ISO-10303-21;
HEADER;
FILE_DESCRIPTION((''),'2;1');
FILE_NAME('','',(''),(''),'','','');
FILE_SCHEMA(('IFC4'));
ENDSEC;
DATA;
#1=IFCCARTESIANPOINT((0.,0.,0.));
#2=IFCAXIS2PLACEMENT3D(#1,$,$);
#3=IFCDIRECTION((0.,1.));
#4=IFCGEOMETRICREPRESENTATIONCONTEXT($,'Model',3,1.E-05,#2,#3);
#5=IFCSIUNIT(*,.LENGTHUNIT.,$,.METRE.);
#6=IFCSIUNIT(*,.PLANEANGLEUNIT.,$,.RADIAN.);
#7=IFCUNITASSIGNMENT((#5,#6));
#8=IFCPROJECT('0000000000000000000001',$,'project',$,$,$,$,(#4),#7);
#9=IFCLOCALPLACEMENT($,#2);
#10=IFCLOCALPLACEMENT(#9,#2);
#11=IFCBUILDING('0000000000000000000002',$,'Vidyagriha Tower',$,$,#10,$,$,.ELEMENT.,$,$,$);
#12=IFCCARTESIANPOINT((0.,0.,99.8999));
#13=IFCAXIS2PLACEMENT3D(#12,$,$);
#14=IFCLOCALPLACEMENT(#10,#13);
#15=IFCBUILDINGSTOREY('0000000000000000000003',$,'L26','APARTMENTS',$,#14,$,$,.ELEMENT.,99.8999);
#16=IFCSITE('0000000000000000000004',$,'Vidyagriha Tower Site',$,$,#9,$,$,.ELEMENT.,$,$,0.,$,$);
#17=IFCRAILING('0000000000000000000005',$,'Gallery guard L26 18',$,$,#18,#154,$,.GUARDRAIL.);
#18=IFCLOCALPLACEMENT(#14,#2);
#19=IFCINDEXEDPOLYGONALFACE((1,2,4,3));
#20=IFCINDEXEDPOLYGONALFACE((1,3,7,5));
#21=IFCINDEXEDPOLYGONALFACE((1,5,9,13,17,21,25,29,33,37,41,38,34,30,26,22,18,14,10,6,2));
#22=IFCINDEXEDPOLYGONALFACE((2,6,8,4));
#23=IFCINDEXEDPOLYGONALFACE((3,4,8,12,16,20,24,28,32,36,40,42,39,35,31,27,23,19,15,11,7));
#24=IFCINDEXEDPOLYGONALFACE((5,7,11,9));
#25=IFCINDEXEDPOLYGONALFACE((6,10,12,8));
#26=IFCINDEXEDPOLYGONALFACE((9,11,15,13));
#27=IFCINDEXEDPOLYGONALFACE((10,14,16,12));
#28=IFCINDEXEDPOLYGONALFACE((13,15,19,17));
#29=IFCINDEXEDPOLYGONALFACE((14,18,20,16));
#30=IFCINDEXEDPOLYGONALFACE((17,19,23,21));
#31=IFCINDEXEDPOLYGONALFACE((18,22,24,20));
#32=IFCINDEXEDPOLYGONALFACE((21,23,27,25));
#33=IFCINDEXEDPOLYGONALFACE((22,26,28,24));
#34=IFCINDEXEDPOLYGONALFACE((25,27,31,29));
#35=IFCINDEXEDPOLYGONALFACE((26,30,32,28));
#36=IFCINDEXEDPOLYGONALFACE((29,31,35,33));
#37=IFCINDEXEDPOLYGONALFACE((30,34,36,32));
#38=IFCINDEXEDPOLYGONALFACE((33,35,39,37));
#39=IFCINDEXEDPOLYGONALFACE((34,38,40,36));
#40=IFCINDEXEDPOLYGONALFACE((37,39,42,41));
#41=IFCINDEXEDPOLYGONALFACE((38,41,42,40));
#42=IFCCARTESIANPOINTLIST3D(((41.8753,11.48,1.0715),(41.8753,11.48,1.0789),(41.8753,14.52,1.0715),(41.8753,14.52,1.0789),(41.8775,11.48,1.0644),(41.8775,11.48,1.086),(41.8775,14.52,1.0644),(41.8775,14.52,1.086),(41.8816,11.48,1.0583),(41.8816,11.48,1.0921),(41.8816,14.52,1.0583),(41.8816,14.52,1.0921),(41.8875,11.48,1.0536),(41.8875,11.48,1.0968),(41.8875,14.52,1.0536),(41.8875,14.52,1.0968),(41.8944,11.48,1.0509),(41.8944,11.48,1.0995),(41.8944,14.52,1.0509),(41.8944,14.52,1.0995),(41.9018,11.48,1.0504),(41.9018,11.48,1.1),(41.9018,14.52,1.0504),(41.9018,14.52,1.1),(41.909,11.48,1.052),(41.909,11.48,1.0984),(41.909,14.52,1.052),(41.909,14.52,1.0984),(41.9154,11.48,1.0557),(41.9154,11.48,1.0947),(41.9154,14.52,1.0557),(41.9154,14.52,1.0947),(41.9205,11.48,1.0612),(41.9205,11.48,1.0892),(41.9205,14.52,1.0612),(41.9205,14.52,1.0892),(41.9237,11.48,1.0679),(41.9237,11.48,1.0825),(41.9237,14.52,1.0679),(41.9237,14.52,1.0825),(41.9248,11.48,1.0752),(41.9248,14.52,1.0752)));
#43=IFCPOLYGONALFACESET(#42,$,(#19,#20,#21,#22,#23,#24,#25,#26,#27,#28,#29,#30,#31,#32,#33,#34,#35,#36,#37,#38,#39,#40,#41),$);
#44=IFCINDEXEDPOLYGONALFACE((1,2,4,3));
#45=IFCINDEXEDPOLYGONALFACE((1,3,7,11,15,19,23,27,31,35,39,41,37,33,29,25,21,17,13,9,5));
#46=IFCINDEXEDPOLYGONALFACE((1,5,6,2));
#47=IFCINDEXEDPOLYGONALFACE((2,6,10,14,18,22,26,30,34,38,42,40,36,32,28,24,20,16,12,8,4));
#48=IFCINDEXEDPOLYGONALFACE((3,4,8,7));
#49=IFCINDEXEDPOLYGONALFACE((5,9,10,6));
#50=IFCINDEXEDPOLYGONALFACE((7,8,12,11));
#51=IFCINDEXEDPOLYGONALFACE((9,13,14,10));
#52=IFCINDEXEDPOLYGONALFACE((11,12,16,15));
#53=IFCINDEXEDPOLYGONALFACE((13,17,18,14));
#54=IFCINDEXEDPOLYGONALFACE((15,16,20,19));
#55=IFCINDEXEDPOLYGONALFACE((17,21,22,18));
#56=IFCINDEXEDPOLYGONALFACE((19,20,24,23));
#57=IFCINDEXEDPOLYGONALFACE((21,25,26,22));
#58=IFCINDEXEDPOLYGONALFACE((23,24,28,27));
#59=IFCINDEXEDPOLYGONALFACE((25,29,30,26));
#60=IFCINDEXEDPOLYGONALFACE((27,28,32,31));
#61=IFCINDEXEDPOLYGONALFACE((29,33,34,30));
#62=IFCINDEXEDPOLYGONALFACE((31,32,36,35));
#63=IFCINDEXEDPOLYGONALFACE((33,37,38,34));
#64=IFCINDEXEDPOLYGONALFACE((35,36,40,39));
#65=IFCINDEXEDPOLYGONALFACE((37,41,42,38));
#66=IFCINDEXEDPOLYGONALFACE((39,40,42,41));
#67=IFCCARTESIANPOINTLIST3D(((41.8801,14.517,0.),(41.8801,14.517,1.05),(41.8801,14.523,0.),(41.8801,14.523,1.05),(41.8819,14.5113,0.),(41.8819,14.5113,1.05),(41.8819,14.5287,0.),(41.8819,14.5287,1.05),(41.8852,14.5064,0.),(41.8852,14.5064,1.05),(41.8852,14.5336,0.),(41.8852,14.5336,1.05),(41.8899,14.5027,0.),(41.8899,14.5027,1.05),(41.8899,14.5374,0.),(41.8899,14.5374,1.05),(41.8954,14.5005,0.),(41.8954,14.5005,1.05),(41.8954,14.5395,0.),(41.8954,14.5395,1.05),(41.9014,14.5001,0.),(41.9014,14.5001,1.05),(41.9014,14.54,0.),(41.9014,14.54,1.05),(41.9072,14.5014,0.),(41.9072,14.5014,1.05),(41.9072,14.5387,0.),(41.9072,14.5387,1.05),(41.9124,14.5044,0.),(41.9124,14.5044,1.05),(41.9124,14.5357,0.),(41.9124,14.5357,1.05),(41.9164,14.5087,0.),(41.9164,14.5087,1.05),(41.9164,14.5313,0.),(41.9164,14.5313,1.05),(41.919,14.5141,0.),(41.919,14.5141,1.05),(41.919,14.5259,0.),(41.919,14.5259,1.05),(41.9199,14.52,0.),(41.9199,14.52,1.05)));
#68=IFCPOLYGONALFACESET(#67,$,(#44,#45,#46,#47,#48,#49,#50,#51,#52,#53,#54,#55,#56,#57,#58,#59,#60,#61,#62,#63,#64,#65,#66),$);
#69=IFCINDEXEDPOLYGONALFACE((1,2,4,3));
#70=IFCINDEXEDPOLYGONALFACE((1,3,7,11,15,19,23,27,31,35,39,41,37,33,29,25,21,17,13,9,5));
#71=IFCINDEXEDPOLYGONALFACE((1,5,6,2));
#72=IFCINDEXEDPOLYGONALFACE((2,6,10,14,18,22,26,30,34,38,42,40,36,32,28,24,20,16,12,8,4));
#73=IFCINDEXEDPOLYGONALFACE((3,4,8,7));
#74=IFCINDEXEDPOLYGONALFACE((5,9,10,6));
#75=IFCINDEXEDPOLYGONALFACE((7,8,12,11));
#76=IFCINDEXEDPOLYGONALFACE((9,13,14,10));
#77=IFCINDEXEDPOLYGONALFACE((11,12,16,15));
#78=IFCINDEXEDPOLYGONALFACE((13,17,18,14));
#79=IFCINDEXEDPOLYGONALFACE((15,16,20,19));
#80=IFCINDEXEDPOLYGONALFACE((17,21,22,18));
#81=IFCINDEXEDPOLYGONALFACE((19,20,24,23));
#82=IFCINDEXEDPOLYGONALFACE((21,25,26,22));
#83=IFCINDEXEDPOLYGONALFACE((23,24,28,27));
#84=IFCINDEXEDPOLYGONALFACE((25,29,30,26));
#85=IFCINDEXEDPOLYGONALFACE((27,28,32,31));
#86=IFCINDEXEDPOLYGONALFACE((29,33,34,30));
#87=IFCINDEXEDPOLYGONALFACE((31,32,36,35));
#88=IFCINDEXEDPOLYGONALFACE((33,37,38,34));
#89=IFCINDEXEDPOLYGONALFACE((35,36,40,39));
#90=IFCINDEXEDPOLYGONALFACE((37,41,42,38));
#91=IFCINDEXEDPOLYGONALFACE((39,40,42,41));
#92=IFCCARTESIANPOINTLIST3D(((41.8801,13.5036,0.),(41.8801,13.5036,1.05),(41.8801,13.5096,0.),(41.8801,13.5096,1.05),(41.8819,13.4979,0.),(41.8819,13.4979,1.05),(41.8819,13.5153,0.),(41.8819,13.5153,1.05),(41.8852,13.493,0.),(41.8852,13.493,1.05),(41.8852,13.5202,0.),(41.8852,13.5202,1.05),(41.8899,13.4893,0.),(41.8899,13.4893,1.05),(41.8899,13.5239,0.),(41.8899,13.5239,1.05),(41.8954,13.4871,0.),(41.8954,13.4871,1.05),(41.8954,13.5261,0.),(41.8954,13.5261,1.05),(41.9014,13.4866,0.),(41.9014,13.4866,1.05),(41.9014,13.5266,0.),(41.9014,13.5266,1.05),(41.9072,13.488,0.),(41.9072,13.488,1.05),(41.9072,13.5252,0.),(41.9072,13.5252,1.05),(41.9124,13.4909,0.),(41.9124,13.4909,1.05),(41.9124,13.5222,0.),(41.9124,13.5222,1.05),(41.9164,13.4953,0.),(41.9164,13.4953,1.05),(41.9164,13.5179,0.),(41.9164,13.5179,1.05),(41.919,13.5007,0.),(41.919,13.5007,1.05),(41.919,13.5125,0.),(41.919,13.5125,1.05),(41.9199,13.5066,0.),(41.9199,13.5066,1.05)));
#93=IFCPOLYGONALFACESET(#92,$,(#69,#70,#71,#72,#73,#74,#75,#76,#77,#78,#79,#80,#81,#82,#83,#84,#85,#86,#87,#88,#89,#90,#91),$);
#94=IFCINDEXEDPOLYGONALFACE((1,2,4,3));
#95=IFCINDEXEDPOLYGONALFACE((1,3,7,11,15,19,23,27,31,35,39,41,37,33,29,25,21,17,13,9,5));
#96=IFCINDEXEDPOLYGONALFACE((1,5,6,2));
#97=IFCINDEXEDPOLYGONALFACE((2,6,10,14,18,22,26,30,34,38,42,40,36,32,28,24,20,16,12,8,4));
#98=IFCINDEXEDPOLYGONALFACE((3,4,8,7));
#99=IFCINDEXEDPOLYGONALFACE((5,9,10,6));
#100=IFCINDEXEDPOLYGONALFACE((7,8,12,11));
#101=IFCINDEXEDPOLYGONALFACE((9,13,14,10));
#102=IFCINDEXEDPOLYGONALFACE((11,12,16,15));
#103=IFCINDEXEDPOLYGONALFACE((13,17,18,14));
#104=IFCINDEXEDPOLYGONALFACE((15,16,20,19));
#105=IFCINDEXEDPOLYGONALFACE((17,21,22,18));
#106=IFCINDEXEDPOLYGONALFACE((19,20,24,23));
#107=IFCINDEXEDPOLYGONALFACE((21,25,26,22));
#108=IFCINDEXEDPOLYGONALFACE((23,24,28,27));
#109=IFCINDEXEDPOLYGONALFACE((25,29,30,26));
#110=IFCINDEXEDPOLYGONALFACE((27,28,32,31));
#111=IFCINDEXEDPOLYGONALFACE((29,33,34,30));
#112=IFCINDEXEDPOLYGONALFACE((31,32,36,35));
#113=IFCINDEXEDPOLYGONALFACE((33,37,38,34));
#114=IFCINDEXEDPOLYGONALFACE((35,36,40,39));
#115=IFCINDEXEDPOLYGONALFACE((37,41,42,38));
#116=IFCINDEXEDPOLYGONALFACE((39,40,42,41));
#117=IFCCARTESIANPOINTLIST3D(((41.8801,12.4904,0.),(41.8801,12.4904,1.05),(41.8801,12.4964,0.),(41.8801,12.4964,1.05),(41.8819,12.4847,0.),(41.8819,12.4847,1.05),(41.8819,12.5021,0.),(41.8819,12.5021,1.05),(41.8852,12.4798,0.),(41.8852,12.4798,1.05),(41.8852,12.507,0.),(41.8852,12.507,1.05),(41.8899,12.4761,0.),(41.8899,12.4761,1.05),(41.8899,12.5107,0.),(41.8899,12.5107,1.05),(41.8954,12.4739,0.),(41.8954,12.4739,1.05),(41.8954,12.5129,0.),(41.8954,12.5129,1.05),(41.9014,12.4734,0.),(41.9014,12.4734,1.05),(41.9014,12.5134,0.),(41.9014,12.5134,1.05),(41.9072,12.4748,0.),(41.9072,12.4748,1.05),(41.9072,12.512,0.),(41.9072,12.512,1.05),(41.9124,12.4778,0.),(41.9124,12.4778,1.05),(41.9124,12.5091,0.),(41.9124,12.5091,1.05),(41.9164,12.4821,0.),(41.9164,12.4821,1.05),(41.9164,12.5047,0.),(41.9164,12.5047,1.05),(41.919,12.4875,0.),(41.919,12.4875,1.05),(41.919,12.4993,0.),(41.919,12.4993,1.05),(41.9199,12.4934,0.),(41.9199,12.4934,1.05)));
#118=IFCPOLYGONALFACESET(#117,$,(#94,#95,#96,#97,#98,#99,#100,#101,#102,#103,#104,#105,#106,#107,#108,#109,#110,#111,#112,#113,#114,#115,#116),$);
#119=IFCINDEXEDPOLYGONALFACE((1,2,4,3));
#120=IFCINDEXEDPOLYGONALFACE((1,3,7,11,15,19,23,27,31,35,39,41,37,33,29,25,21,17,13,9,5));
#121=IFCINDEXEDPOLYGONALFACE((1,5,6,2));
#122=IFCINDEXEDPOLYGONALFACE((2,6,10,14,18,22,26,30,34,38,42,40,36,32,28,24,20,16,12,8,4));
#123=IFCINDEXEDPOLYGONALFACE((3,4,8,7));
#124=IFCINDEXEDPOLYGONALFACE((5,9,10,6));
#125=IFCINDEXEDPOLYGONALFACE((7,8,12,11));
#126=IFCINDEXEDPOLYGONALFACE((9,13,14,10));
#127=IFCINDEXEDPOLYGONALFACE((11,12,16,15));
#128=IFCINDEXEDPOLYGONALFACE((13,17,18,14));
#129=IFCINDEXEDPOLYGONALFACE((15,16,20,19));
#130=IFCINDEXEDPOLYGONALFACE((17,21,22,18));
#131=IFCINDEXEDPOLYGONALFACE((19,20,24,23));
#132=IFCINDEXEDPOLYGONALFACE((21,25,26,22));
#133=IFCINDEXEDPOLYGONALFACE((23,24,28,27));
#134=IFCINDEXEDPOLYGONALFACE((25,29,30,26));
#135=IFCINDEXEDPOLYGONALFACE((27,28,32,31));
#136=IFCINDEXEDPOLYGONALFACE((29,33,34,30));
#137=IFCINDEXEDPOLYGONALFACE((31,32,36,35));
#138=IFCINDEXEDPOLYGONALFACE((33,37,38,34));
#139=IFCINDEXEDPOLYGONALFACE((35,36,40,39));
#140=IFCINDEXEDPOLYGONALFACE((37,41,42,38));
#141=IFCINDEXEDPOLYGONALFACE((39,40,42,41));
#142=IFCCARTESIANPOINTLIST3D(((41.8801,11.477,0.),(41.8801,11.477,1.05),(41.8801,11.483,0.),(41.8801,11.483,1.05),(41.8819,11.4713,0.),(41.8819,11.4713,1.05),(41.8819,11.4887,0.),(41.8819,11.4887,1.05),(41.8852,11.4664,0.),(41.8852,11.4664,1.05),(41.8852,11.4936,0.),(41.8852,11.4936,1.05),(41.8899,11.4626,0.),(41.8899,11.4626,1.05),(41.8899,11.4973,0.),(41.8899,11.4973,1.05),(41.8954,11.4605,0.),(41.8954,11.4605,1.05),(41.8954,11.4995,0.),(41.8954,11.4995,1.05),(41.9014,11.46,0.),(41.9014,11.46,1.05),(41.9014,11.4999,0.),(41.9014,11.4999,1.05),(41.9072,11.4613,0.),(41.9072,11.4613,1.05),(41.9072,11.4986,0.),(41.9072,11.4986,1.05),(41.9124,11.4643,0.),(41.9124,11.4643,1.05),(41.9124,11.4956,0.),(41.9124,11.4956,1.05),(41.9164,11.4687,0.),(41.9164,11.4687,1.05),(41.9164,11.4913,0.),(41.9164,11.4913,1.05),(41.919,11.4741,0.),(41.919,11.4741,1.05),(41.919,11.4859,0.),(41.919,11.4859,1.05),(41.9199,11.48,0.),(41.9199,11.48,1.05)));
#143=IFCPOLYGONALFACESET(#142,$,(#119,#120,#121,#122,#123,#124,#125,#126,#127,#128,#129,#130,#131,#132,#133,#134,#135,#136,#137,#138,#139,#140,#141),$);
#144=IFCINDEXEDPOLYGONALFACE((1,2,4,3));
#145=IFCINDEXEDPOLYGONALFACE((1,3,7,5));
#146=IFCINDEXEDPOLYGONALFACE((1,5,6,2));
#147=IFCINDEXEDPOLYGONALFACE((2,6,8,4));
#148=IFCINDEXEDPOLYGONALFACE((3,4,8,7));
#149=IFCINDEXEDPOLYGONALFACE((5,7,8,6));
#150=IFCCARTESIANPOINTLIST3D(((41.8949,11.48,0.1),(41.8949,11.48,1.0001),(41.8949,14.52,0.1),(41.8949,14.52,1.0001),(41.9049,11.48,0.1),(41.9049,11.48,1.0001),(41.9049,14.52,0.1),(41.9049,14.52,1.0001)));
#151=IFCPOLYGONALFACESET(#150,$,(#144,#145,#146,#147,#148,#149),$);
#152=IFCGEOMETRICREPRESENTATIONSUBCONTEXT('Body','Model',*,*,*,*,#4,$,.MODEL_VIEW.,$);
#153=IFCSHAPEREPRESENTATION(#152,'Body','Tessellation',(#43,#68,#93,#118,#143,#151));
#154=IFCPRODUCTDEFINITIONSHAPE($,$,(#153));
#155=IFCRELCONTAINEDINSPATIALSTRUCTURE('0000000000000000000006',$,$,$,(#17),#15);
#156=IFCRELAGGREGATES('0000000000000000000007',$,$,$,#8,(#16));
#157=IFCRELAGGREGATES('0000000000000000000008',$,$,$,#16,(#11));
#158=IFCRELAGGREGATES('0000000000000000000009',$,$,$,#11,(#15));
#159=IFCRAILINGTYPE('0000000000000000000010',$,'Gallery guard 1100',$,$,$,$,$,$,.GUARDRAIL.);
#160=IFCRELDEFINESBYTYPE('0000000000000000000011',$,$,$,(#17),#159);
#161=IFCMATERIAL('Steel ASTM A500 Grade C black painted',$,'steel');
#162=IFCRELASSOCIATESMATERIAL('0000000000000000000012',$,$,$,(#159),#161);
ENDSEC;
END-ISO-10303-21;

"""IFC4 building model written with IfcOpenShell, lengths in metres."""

from ifc_helpers import new_model, si_unit, direction, frame, origin, origin_2d, place, context, subcontext, project, spatial, rectangle, circle, extrude, material, type_object, element, save


model = new_model("IFC4")

# Units and contexts
model_context = context("Model", 3, precision=1e-05, world=origin(), true_north=direction((0.0, 1.0)))
body_context = subcontext(model_context, "Body", "Model", "MODEL_VIEW")
ifc_project = project(units=[si_unit("LENGTHUNIT", "METRE"), si_unit("PLANEANGLEUNIT", "RADIAN")], contexts=[model_context])

# Site, building, storey
site_placement = place(None, origin())
site = spatial("IfcSite", under=ifc_project, at=site_placement, Name="Vidyagriha Tower Site", CompositionType="ELEMENT", RefElevation=0.0)
building_placement = place(site_placement, origin())
building = spatial("IfcBuilding", under=site, at=building_placement, Name="Vidyagriha Tower", CompositionType="ELEMENT")
storey_placement = place(building_placement, frame((0.0, 0.0, 99.8999)))
storey = spatial("IfcBuildingStorey", under=building, at=storey_placement, Name="L26", Description="APARTMENTS", CompositionType="ELEMENT", Elevation=99.8999)

# Railing
ifc_material_1 = material(Name="Steel ASTM A500 Grade C black painted", Category="steel")
railing_type = type_object("IfcRailingType", Name="Gallery guard 1100", PredefinedType="GUARDRAIL", material=ifc_material_1)
railing_1_placement = place(storey_placement, frame((41.8999, 14.52, 0.0)))
element("IfcRailing", 1, at=railing_1_placement, inside=storey, type_object=railing_type, Name="Gallery guard L26 18", PredefinedType="GUARDRAIL", context=body_context, shape_type="SweptSolid", body=[
    extrude(circle(Radius=0.0249, at=origin_2d()), frame((0.0, 0.0, 1.0752), z_axis=(0.0, -1.0, 0.0), x_axis=(1.0, 0.0, 0.0)), (0.0, 0.0, 1.0), 3.04),
    extrude(circle(Radius=0.02, at=origin_2d()), origin(), (0.0, 0.0, 1.0), 1.05),
    extrude(circle(Radius=0.02, at=origin_2d()), frame((0.0, -1.0134, 0.0)), (0.0, 0.0, 1.0), 1.05),
    extrude(circle(Radius=0.02, at=origin_2d()), frame((0.0, -2.0266, 0.0)), (0.0, 0.0, 1.0), 1.05),
    extrude(circle(Radius=0.02, at=origin_2d()), frame((0.0, -3.04, 0.0)), (0.0, 0.0, 1.0), 1.05),
    extrude(rectangle(XDim=0.01, YDim=0.9001, at=origin_2d()), frame((0.0, 0.0, 0.55), z_axis=(0.0, -1.0, 0.0), x_axis=(1.0, 0.0, 0.0)), (0.0, 0.0, 1.0), 3.04),
])

save(model, "model.ifc")
